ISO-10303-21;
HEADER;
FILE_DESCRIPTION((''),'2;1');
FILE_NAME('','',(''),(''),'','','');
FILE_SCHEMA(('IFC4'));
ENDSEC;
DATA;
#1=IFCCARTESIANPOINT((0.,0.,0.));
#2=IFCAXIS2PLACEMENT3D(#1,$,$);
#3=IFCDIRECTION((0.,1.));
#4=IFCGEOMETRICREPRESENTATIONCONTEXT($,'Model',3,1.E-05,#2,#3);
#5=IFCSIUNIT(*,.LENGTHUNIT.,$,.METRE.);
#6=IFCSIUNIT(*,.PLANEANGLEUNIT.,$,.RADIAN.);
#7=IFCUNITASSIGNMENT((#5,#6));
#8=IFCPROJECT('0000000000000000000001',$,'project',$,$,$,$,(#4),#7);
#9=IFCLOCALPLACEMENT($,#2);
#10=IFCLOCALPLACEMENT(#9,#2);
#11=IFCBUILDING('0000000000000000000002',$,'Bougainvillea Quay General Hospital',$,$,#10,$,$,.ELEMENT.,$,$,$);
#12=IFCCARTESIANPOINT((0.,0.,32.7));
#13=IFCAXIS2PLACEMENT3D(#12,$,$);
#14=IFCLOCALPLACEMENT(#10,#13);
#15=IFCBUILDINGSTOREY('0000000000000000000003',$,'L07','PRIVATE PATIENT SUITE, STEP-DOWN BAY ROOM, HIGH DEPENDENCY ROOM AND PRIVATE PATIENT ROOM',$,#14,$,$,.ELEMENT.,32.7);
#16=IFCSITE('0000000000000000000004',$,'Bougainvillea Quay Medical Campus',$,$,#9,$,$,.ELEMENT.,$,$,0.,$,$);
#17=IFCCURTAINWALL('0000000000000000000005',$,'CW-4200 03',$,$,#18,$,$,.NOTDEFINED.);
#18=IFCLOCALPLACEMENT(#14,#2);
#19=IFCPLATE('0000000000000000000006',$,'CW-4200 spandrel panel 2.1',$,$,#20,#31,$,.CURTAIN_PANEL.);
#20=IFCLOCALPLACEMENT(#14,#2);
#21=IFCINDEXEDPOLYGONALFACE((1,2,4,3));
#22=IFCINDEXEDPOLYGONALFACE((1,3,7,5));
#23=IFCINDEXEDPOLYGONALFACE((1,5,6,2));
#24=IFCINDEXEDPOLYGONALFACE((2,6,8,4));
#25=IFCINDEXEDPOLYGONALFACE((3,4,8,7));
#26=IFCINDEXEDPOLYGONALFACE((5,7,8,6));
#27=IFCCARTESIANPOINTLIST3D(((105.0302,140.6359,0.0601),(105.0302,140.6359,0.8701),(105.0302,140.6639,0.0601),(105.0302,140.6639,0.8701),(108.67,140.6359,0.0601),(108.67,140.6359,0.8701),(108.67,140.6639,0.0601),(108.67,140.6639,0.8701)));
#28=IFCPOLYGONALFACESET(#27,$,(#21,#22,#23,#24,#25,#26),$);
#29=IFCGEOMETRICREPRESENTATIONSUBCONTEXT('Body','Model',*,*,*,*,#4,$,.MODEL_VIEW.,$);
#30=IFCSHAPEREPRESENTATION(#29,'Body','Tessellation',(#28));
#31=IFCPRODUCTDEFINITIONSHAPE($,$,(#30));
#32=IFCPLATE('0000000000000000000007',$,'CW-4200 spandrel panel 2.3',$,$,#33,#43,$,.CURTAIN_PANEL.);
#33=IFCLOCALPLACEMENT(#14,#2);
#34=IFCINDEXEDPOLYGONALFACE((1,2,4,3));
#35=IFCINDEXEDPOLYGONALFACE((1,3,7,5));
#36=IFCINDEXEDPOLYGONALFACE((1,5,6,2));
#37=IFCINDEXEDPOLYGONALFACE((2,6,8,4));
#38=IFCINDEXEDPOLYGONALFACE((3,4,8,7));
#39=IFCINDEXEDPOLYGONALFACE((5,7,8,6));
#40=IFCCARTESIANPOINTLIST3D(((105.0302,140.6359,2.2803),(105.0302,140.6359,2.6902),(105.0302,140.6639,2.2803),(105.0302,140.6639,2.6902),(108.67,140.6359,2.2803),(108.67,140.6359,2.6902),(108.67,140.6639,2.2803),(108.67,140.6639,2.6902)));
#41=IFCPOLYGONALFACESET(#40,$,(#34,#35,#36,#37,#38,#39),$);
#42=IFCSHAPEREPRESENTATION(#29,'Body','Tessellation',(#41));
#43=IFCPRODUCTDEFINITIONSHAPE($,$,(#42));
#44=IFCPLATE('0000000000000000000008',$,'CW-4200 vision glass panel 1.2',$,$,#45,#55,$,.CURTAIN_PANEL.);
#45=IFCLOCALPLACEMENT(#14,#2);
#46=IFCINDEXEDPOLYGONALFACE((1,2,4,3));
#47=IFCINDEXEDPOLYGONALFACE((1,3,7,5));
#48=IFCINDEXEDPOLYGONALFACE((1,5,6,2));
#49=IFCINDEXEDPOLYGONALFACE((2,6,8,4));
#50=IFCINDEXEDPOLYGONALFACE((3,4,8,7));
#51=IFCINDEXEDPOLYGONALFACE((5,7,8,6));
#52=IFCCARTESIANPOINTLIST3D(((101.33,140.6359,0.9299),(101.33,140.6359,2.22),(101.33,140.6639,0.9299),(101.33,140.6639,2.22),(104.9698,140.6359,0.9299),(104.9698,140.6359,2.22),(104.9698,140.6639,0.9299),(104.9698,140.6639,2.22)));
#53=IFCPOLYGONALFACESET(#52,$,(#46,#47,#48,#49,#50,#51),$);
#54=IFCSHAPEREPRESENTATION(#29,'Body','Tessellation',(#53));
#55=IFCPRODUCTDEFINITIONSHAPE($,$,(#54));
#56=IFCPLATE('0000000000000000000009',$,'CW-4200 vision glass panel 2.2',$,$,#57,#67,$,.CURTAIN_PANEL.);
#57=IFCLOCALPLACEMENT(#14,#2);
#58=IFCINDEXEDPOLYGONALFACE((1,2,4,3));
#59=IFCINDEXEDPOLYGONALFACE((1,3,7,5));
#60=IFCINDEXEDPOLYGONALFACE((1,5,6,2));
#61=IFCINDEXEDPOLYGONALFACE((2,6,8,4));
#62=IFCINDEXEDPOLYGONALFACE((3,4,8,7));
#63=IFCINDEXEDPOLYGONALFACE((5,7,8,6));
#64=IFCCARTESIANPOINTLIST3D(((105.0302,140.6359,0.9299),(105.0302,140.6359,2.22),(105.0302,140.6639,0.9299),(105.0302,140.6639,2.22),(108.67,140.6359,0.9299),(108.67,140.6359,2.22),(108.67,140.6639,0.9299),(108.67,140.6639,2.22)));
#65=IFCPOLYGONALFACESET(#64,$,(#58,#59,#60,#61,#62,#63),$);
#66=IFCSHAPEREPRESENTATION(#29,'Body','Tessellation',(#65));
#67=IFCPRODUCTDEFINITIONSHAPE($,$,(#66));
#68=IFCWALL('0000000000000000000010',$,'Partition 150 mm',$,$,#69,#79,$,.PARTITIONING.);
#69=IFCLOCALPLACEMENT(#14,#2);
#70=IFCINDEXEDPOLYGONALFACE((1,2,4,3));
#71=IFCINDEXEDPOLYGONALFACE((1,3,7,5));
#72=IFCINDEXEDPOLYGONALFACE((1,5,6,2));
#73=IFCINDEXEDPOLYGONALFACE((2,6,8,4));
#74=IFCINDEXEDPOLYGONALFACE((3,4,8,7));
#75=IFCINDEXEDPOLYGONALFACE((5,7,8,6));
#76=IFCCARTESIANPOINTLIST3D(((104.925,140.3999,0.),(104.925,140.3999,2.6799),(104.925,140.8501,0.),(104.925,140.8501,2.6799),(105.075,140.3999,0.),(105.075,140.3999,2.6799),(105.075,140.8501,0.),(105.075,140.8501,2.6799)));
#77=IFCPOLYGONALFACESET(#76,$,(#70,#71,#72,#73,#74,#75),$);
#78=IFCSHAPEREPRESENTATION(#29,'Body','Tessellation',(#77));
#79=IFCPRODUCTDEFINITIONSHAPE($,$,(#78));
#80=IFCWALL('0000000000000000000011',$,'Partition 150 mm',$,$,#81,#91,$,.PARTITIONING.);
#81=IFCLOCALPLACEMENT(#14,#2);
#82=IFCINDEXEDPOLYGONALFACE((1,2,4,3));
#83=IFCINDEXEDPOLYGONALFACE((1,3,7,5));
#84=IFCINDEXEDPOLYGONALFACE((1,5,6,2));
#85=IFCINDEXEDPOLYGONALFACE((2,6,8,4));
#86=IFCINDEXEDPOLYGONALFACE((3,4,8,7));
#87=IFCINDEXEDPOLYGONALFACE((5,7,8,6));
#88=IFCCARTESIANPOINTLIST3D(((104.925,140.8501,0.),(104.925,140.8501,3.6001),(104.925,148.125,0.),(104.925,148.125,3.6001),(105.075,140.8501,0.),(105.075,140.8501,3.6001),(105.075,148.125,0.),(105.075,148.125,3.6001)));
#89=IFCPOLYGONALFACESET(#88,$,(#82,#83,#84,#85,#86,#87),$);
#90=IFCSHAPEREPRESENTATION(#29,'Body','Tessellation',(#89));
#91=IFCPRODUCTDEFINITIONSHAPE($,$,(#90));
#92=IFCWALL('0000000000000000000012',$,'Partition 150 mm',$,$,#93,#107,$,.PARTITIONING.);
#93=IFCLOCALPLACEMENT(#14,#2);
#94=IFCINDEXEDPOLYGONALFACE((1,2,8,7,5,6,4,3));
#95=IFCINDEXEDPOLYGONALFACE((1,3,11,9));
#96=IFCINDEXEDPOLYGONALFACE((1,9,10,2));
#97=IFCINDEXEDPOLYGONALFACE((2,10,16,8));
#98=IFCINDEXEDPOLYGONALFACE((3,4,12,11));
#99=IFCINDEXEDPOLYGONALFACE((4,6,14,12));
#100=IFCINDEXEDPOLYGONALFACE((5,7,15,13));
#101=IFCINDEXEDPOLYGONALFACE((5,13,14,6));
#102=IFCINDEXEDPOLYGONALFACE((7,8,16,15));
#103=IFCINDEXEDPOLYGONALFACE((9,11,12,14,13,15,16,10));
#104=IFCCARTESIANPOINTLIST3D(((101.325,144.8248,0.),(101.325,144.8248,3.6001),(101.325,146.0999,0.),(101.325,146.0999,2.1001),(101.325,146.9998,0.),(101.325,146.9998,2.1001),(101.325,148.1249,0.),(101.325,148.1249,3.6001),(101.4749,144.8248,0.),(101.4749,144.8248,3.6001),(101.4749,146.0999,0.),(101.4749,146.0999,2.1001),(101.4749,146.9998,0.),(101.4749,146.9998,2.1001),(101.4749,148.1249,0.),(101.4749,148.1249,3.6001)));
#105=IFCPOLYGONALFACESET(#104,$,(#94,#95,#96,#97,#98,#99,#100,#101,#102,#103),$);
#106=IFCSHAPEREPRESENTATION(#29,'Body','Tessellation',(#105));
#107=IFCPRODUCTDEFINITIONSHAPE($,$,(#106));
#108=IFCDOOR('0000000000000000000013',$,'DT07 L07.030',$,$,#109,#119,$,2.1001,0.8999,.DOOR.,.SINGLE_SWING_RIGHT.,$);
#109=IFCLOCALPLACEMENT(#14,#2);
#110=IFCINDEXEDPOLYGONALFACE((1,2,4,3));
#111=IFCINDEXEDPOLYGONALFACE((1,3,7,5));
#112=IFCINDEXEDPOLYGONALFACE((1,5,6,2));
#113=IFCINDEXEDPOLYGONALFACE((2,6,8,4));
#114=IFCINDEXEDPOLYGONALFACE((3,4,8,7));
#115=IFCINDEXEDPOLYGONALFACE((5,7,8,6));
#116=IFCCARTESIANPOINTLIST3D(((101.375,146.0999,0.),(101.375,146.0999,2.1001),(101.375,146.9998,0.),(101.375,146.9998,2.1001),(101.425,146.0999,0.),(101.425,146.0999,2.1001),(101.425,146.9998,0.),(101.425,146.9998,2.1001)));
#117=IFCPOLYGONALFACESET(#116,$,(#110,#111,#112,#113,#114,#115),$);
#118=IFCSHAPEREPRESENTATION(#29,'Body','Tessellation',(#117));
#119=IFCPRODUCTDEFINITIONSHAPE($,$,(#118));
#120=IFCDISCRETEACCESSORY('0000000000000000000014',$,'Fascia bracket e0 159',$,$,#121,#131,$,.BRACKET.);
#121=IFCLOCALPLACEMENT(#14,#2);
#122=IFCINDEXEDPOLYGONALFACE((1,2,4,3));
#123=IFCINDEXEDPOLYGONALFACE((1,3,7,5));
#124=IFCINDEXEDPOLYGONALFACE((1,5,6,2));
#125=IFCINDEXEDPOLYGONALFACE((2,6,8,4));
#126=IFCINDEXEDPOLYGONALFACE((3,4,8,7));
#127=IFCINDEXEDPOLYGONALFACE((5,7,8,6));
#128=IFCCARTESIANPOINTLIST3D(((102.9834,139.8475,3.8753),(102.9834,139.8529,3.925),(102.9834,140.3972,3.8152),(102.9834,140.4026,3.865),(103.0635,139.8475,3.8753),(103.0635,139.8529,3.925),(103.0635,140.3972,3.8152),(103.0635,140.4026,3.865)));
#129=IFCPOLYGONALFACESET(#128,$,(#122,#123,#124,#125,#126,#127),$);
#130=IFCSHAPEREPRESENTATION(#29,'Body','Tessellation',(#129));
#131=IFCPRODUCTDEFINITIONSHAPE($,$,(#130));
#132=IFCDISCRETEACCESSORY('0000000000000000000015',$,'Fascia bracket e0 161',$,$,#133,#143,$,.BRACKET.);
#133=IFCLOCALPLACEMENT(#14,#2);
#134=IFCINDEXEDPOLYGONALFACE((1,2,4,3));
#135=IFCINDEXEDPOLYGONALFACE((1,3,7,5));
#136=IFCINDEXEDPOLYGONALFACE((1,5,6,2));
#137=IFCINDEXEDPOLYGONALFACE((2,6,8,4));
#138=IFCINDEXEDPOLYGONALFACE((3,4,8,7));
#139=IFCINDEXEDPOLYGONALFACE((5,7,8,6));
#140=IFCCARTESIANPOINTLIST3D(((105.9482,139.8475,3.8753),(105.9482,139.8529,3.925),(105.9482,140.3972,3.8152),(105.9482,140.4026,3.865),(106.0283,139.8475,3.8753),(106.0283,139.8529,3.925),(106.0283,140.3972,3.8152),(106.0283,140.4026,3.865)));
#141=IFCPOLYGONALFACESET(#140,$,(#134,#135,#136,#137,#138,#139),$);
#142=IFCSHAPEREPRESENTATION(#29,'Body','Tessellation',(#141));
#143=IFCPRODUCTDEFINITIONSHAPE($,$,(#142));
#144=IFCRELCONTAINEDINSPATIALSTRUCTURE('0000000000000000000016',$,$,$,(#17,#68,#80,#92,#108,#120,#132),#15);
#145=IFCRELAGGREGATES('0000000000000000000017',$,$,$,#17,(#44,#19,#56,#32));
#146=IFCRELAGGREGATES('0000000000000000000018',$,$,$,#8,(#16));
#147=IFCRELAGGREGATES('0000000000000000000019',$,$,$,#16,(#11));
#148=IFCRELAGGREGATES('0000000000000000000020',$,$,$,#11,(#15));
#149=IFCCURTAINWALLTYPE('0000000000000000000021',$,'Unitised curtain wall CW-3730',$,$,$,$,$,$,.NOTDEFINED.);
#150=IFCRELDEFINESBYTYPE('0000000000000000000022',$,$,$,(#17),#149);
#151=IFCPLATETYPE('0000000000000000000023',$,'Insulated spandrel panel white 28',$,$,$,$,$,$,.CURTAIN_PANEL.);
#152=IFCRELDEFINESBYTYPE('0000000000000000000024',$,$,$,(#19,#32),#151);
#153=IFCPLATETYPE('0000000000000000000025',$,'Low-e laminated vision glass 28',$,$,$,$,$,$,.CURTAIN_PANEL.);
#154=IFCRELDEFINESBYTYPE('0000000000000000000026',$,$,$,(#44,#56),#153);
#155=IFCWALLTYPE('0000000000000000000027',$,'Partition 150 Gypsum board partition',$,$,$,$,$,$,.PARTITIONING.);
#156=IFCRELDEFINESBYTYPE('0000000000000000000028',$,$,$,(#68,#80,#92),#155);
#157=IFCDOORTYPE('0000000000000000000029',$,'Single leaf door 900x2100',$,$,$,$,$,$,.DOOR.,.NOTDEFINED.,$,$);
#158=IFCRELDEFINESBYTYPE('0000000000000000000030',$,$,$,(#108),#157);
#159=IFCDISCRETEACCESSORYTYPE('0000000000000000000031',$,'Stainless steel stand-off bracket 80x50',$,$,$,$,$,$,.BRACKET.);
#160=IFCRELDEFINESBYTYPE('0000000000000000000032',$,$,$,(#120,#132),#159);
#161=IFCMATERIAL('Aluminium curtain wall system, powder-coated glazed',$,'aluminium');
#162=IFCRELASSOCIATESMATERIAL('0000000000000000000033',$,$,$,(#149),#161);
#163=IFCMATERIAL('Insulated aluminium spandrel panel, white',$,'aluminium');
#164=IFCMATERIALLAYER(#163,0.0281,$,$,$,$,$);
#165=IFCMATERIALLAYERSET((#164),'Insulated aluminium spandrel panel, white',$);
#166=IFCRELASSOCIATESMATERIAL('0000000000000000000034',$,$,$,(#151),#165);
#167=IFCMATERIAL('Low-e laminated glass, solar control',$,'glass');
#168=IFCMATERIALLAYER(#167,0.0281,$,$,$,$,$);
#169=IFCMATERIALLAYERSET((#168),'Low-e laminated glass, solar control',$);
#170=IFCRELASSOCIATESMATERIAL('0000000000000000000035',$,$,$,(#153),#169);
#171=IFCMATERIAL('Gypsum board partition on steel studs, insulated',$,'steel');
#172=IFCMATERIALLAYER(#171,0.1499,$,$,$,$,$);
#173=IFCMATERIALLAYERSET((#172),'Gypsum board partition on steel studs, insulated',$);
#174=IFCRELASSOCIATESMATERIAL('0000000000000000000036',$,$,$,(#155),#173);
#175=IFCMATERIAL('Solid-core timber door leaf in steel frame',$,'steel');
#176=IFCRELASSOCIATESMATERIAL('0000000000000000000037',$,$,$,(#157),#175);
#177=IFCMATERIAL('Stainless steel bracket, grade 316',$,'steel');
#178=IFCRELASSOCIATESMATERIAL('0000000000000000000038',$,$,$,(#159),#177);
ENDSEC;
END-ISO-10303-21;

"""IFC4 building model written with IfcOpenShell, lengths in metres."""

from ifc_helpers import new_model, si_unit, direction, frame, frame_2d, origin, origin_2d, place, context, subcontext, project, spatial, rectangle, extrude, material, layer, layer_set, material_profile, profile_set, type_object, element, fill, aggregate, save


model = new_model("IFC4")

# Units and contexts
model_context = context("Model", 3, precision=1e-05, world=origin(), true_north=direction((0.0, 1.0)))
body_context = subcontext(model_context, "Body", "Model", "MODEL_VIEW")
ifc_project = project(units=[si_unit("LENGTHUNIT", "METRE"), si_unit("PLANEANGLEUNIT", "RADIAN")], contexts=[model_context])

# Site, building, storey
site_placement = place(None, origin())
site = spatial("IfcSite", under=ifc_project, at=site_placement, Name="Bougainvillea Quay Medical Campus", CompositionType="ELEMENT", RefElevation=0.0)
building_placement = place(site_placement, origin())
building = spatial("IfcBuilding", under=site, at=building_placement, Name="Bougainvillea Quay General Hospital", CompositionType="ELEMENT")
storey_placement = place(building_placement, frame((0.0, 0.0, 32.7)))
storey = spatial("IfcBuildingStorey", under=building, at=storey_placement, Name="L07", Description="PRIVATE PATIENT SUITE, STEP-DOWN BAY ROOM, HIGH DEPENDENCY ROOM AND PRIVATE PATIENT ROOM", CompositionType="ELEMENT", Elevation=32.7)

# Curtain wall
ifc_material_1 = material(Name="Aluminium curtain wall system, powder-coated glazed", Category="aluminium")
curtain_wall_type = type_object("IfcCurtainWallType", Name="Unitised curtain wall CW-3730", PredefinedType="NOTDEFINED", material=ifc_material_1)
curtain_wall_placement = place(storey_placement, origin())
curtain_wall = element("IfcCurtainWall", 1, at=curtain_wall_placement, inside=storey, type_object=curtain_wall_type, Name="CW-4200 03", PredefinedType="NOTDEFINED")

# Plates
ifc_material_2 = material(Name="Insulated aluminium spandrel panel, white", Category="aluminium")
ifc_layer_1 = layer(ifc_material_2, 0.0281)
ifc_layer_set_1 = layer_set([ifc_layer_1], Name="Insulated aluminium spandrel panel, white")
plate_type_1 = type_object("IfcPlateType", Name="Insulated spandrel panel white 28", PredefinedType="CURTAIN_PANEL", material=ifc_layer_set_1)
plate_1_placement = place(storey_placement, frame((106.8501, 140.6499, 0.0601), z_axis=(0.0, 0.0, 1.0), x_axis=(1.0, 0.0, 0.0)))
plate_1 = element("IfcPlate", 2, at=plate_1_placement, type_object=plate_type_1, Name="CW-4200 spandrel panel 2.1", PredefinedType="CURTAIN_PANEL", context=body_context, shape_type="SweptSolid", body=[
    extrude(rectangle(XDim=3.6399, YDim=0.0281, at=origin_2d()), origin(), (0.0, 0.0, 1.0), 0.8101),
])
plate_2_placement = place(storey_placement, frame((106.8501, 140.6499, 2.2803), z_axis=(0.0, 0.0, 1.0), x_axis=(1.0, 0.0, 0.0)))
plate_2 = element("IfcPlate", 3, at=plate_2_placement, type_object=plate_type_1, Name="CW-4200 spandrel panel 2.3", PredefinedType="CURTAIN_PANEL", context=body_context, shape_type="SweptSolid", body=[
    extrude(rectangle(XDim=3.6399, YDim=0.0281, at=origin_2d()), origin(), (0.0, 0.0, 1.0), 0.4099),
])
ifc_material_3 = material(Name="Low-e laminated glass, solar control", Category="glass")
ifc_layer_2 = layer(ifc_material_3, 0.0281)
ifc_layer_set_2 = layer_set([ifc_layer_2], Name="Low-e laminated glass, solar control")
plate_type_2 = type_object("IfcPlateType", Name="Low-e laminated vision glass 28", PredefinedType="CURTAIN_PANEL", material=ifc_layer_set_2)
plate_3_placement = place(storey_placement, frame((103.1499, 140.6499, 0.9299), z_axis=(0.0, 0.0, 1.0), x_axis=(1.0, 0.0, 0.0)))
plate_3 = element("IfcPlate", 4, at=plate_3_placement, type_object=plate_type_2, Name="CW-4200 vision glass panel 1.2", PredefinedType="CURTAIN_PANEL", context=body_context, shape_type="SweptSolid", body=[
    extrude(rectangle(XDim=3.6399, YDim=0.0281, at=origin_2d()), origin(), (0.0, 0.0, 1.0), 1.29),
])
plate_4_placement = place(storey_placement, frame((106.8501, 140.6499, 0.9299), z_axis=(0.0, 0.0, 1.0), x_axis=(1.0, 0.0, 0.0)))
plate_4 = element("IfcPlate", 5, at=plate_4_placement, type_object=plate_type_2, Name="CW-4200 vision glass panel 2.2", PredefinedType="CURTAIN_PANEL", context=body_context, shape_type="SweptSolid", body=[
    extrude(rectangle(XDim=3.6399, YDim=0.0281, at=origin_2d()), origin(), (0.0, 0.0, 1.0), 1.29),
])
aggregate(curtain_wall, [plate_3, plate_1, plate_4, plate_2])

# Walls
ifc_material_4 = material(Name="Gypsum board partition on steel studs, insulated", Category="steel")
ifc_layer_3 = layer(ifc_material_4, 0.1499)
ifc_layer_set_3 = layer_set([ifc_layer_3], Name="Gypsum board partition on steel studs, insulated")
wall_type = type_object("IfcWallType", Name="Partition 150 Gypsum board partition", PredefinedType="PARTITIONING", material=ifc_layer_set_3)
wall_1_placement = place(storey_placement, frame((105.0, 140.3999, 0.0), z_axis=(0.0, 0.0, 1.0), x_axis=(0.0, 1.0, 0.0)))
element("IfcWall", 6, at=wall_1_placement, inside=storey, type_object=wall_type, Name="Partition 150 mm", PredefinedType="PARTITIONING", context=body_context, shape_type="SweptSolid", body=[
    extrude(rectangle(XDim=0.4502, YDim=0.1499, at=frame_2d((0.2251, 0.0))), origin(), (0.0, 0.0, 1.0), 2.6799),
])
wall_2_placement = place(storey_placement, frame((105.0, 140.8501, 0.0), z_axis=(0.0, 0.0, 1.0), x_axis=(0.0, 1.0, 0.0)))
element("IfcWall", 7, at=wall_2_placement, inside=storey, type_object=wall_type, Name="Partition 150 mm", PredefinedType="PARTITIONING", context=body_context, shape_type="SweptSolid", body=[
    extrude(rectangle(XDim=7.2749, YDim=0.1499, at=frame_2d((3.6375, 0.0))), origin(), (0.0, 0.0, 1.0), 3.6001),
])

# Wall, opening, door
wall_3_placement = place(storey_placement, frame((101.3999, 144.825, 0.0), z_axis=(0.0, 0.0, 1.0), x_axis=(0.0, 1.0, 0.0)))
wall_3 = element("IfcWall", 8, at=wall_3_placement, inside=storey, type_object=wall_type, Name="Partition 150 mm", PredefinedType="PARTITIONING", context=body_context, shape_type="SweptSolid", body=[
    extrude(rectangle(XDim=3.3, YDim=0.1499, at=frame_2d((1.6499, 0.0))), origin(), (0.0, 0.0, 1.0), 3.6001),
])
opening_placement = place(wall_3_placement, frame((1.2749, 0.0, 0.0)))
opening = element("IfcOpeningElement", 9, at=opening_placement, cuts=wall_3, PredefinedType="OPENING", context=body_context, shape_type="SweptSolid", body=[
    extrude(rectangle(XDim=0.8999, YDim=2.1001, at=frame_2d((0.45, 1.05))), frame((0.0, 0.085, 0.0), z_axis=(0.0, -1.0, 0.0), x_axis=(1.0, 0.0, 0.0)), (0.0, 0.0, 1.0), 0.1699),
])
ifc_material_5 = material(Name="Solid-core timber door leaf in steel frame", Category="steel")
door_type = type_object("IfcDoorType", Name="Single leaf door 900x2100", OperationType="NOTDEFINED", PredefinedType="DOOR", material=ifc_material_5)
door_placement = place(opening_placement, origin())
door = element("IfcDoor", 10, at=door_placement, inside=storey, type_object=door_type, Name="DT07 L07.030", OperationType="SINGLE_SWING_RIGHT", OverallHeight=2.1001, OverallWidth=0.8999, PredefinedType="DOOR", context=body_context, shape_type="SweptSolid", body=[
    extrude(rectangle(XDim=0.8999, YDim=2.1001, at=frame_2d((0.45, 1.05))), frame((0.0, 0.0249, 0.0), z_axis=(0.0, -1.0, 0.0), x_axis=(1.0, 0.0, 0.0)), (0.0, 0.0, 1.0), 0.05),
])
fill(opening, door)

# Discrete accessories
ifc_material_6 = material(Name="Stainless steel bracket, grade 316", Category="steel")
ifc_material_profile_1 = material_profile(ifc_material_6, rectangle(XDim=0.0801, YDim=0.05, at=origin_2d()))
ifc_profile_set_1 = profile_set([ifc_material_profile_1], Name="Stainless steel bracket, grade 316")
discrete_accessory_type = type_object("IfcDiscreteAccessoryType", Name="Stainless steel stand-off bracket 80x50", PredefinedType="BRACKET", material=ifc_profile_set_1)
for number, where, z_axis, x_axis, name in (
    (11, (103.0234, 140.3999, 3.8401), (0.0, -0.994087, 0.10859), (1.0, 0.0, 0.0), "Fascia bracket e0 159"),
    (12, (105.9883, 140.3999, 3.8401), (0.0, -0.994087, 0.10859), (1.0, 0.0, 0.0), "Fascia bracket e0 161"),
):
    element("IfcDiscreteAccessory", number, at=place(storey_placement, frame(where, z_axis=z_axis, x_axis=x_axis)), inside=storey, type_object=discrete_accessory_type, Name=name, PredefinedType="BRACKET", context=body_context, shape_type="SweptSolid", body=[
        extrude(rectangle(XDim=0.0801, YDim=0.05, at=origin_2d()), origin(), (0.0, 0.0, 1.0), 0.553),
    ])

save(model, "model.ifc")
